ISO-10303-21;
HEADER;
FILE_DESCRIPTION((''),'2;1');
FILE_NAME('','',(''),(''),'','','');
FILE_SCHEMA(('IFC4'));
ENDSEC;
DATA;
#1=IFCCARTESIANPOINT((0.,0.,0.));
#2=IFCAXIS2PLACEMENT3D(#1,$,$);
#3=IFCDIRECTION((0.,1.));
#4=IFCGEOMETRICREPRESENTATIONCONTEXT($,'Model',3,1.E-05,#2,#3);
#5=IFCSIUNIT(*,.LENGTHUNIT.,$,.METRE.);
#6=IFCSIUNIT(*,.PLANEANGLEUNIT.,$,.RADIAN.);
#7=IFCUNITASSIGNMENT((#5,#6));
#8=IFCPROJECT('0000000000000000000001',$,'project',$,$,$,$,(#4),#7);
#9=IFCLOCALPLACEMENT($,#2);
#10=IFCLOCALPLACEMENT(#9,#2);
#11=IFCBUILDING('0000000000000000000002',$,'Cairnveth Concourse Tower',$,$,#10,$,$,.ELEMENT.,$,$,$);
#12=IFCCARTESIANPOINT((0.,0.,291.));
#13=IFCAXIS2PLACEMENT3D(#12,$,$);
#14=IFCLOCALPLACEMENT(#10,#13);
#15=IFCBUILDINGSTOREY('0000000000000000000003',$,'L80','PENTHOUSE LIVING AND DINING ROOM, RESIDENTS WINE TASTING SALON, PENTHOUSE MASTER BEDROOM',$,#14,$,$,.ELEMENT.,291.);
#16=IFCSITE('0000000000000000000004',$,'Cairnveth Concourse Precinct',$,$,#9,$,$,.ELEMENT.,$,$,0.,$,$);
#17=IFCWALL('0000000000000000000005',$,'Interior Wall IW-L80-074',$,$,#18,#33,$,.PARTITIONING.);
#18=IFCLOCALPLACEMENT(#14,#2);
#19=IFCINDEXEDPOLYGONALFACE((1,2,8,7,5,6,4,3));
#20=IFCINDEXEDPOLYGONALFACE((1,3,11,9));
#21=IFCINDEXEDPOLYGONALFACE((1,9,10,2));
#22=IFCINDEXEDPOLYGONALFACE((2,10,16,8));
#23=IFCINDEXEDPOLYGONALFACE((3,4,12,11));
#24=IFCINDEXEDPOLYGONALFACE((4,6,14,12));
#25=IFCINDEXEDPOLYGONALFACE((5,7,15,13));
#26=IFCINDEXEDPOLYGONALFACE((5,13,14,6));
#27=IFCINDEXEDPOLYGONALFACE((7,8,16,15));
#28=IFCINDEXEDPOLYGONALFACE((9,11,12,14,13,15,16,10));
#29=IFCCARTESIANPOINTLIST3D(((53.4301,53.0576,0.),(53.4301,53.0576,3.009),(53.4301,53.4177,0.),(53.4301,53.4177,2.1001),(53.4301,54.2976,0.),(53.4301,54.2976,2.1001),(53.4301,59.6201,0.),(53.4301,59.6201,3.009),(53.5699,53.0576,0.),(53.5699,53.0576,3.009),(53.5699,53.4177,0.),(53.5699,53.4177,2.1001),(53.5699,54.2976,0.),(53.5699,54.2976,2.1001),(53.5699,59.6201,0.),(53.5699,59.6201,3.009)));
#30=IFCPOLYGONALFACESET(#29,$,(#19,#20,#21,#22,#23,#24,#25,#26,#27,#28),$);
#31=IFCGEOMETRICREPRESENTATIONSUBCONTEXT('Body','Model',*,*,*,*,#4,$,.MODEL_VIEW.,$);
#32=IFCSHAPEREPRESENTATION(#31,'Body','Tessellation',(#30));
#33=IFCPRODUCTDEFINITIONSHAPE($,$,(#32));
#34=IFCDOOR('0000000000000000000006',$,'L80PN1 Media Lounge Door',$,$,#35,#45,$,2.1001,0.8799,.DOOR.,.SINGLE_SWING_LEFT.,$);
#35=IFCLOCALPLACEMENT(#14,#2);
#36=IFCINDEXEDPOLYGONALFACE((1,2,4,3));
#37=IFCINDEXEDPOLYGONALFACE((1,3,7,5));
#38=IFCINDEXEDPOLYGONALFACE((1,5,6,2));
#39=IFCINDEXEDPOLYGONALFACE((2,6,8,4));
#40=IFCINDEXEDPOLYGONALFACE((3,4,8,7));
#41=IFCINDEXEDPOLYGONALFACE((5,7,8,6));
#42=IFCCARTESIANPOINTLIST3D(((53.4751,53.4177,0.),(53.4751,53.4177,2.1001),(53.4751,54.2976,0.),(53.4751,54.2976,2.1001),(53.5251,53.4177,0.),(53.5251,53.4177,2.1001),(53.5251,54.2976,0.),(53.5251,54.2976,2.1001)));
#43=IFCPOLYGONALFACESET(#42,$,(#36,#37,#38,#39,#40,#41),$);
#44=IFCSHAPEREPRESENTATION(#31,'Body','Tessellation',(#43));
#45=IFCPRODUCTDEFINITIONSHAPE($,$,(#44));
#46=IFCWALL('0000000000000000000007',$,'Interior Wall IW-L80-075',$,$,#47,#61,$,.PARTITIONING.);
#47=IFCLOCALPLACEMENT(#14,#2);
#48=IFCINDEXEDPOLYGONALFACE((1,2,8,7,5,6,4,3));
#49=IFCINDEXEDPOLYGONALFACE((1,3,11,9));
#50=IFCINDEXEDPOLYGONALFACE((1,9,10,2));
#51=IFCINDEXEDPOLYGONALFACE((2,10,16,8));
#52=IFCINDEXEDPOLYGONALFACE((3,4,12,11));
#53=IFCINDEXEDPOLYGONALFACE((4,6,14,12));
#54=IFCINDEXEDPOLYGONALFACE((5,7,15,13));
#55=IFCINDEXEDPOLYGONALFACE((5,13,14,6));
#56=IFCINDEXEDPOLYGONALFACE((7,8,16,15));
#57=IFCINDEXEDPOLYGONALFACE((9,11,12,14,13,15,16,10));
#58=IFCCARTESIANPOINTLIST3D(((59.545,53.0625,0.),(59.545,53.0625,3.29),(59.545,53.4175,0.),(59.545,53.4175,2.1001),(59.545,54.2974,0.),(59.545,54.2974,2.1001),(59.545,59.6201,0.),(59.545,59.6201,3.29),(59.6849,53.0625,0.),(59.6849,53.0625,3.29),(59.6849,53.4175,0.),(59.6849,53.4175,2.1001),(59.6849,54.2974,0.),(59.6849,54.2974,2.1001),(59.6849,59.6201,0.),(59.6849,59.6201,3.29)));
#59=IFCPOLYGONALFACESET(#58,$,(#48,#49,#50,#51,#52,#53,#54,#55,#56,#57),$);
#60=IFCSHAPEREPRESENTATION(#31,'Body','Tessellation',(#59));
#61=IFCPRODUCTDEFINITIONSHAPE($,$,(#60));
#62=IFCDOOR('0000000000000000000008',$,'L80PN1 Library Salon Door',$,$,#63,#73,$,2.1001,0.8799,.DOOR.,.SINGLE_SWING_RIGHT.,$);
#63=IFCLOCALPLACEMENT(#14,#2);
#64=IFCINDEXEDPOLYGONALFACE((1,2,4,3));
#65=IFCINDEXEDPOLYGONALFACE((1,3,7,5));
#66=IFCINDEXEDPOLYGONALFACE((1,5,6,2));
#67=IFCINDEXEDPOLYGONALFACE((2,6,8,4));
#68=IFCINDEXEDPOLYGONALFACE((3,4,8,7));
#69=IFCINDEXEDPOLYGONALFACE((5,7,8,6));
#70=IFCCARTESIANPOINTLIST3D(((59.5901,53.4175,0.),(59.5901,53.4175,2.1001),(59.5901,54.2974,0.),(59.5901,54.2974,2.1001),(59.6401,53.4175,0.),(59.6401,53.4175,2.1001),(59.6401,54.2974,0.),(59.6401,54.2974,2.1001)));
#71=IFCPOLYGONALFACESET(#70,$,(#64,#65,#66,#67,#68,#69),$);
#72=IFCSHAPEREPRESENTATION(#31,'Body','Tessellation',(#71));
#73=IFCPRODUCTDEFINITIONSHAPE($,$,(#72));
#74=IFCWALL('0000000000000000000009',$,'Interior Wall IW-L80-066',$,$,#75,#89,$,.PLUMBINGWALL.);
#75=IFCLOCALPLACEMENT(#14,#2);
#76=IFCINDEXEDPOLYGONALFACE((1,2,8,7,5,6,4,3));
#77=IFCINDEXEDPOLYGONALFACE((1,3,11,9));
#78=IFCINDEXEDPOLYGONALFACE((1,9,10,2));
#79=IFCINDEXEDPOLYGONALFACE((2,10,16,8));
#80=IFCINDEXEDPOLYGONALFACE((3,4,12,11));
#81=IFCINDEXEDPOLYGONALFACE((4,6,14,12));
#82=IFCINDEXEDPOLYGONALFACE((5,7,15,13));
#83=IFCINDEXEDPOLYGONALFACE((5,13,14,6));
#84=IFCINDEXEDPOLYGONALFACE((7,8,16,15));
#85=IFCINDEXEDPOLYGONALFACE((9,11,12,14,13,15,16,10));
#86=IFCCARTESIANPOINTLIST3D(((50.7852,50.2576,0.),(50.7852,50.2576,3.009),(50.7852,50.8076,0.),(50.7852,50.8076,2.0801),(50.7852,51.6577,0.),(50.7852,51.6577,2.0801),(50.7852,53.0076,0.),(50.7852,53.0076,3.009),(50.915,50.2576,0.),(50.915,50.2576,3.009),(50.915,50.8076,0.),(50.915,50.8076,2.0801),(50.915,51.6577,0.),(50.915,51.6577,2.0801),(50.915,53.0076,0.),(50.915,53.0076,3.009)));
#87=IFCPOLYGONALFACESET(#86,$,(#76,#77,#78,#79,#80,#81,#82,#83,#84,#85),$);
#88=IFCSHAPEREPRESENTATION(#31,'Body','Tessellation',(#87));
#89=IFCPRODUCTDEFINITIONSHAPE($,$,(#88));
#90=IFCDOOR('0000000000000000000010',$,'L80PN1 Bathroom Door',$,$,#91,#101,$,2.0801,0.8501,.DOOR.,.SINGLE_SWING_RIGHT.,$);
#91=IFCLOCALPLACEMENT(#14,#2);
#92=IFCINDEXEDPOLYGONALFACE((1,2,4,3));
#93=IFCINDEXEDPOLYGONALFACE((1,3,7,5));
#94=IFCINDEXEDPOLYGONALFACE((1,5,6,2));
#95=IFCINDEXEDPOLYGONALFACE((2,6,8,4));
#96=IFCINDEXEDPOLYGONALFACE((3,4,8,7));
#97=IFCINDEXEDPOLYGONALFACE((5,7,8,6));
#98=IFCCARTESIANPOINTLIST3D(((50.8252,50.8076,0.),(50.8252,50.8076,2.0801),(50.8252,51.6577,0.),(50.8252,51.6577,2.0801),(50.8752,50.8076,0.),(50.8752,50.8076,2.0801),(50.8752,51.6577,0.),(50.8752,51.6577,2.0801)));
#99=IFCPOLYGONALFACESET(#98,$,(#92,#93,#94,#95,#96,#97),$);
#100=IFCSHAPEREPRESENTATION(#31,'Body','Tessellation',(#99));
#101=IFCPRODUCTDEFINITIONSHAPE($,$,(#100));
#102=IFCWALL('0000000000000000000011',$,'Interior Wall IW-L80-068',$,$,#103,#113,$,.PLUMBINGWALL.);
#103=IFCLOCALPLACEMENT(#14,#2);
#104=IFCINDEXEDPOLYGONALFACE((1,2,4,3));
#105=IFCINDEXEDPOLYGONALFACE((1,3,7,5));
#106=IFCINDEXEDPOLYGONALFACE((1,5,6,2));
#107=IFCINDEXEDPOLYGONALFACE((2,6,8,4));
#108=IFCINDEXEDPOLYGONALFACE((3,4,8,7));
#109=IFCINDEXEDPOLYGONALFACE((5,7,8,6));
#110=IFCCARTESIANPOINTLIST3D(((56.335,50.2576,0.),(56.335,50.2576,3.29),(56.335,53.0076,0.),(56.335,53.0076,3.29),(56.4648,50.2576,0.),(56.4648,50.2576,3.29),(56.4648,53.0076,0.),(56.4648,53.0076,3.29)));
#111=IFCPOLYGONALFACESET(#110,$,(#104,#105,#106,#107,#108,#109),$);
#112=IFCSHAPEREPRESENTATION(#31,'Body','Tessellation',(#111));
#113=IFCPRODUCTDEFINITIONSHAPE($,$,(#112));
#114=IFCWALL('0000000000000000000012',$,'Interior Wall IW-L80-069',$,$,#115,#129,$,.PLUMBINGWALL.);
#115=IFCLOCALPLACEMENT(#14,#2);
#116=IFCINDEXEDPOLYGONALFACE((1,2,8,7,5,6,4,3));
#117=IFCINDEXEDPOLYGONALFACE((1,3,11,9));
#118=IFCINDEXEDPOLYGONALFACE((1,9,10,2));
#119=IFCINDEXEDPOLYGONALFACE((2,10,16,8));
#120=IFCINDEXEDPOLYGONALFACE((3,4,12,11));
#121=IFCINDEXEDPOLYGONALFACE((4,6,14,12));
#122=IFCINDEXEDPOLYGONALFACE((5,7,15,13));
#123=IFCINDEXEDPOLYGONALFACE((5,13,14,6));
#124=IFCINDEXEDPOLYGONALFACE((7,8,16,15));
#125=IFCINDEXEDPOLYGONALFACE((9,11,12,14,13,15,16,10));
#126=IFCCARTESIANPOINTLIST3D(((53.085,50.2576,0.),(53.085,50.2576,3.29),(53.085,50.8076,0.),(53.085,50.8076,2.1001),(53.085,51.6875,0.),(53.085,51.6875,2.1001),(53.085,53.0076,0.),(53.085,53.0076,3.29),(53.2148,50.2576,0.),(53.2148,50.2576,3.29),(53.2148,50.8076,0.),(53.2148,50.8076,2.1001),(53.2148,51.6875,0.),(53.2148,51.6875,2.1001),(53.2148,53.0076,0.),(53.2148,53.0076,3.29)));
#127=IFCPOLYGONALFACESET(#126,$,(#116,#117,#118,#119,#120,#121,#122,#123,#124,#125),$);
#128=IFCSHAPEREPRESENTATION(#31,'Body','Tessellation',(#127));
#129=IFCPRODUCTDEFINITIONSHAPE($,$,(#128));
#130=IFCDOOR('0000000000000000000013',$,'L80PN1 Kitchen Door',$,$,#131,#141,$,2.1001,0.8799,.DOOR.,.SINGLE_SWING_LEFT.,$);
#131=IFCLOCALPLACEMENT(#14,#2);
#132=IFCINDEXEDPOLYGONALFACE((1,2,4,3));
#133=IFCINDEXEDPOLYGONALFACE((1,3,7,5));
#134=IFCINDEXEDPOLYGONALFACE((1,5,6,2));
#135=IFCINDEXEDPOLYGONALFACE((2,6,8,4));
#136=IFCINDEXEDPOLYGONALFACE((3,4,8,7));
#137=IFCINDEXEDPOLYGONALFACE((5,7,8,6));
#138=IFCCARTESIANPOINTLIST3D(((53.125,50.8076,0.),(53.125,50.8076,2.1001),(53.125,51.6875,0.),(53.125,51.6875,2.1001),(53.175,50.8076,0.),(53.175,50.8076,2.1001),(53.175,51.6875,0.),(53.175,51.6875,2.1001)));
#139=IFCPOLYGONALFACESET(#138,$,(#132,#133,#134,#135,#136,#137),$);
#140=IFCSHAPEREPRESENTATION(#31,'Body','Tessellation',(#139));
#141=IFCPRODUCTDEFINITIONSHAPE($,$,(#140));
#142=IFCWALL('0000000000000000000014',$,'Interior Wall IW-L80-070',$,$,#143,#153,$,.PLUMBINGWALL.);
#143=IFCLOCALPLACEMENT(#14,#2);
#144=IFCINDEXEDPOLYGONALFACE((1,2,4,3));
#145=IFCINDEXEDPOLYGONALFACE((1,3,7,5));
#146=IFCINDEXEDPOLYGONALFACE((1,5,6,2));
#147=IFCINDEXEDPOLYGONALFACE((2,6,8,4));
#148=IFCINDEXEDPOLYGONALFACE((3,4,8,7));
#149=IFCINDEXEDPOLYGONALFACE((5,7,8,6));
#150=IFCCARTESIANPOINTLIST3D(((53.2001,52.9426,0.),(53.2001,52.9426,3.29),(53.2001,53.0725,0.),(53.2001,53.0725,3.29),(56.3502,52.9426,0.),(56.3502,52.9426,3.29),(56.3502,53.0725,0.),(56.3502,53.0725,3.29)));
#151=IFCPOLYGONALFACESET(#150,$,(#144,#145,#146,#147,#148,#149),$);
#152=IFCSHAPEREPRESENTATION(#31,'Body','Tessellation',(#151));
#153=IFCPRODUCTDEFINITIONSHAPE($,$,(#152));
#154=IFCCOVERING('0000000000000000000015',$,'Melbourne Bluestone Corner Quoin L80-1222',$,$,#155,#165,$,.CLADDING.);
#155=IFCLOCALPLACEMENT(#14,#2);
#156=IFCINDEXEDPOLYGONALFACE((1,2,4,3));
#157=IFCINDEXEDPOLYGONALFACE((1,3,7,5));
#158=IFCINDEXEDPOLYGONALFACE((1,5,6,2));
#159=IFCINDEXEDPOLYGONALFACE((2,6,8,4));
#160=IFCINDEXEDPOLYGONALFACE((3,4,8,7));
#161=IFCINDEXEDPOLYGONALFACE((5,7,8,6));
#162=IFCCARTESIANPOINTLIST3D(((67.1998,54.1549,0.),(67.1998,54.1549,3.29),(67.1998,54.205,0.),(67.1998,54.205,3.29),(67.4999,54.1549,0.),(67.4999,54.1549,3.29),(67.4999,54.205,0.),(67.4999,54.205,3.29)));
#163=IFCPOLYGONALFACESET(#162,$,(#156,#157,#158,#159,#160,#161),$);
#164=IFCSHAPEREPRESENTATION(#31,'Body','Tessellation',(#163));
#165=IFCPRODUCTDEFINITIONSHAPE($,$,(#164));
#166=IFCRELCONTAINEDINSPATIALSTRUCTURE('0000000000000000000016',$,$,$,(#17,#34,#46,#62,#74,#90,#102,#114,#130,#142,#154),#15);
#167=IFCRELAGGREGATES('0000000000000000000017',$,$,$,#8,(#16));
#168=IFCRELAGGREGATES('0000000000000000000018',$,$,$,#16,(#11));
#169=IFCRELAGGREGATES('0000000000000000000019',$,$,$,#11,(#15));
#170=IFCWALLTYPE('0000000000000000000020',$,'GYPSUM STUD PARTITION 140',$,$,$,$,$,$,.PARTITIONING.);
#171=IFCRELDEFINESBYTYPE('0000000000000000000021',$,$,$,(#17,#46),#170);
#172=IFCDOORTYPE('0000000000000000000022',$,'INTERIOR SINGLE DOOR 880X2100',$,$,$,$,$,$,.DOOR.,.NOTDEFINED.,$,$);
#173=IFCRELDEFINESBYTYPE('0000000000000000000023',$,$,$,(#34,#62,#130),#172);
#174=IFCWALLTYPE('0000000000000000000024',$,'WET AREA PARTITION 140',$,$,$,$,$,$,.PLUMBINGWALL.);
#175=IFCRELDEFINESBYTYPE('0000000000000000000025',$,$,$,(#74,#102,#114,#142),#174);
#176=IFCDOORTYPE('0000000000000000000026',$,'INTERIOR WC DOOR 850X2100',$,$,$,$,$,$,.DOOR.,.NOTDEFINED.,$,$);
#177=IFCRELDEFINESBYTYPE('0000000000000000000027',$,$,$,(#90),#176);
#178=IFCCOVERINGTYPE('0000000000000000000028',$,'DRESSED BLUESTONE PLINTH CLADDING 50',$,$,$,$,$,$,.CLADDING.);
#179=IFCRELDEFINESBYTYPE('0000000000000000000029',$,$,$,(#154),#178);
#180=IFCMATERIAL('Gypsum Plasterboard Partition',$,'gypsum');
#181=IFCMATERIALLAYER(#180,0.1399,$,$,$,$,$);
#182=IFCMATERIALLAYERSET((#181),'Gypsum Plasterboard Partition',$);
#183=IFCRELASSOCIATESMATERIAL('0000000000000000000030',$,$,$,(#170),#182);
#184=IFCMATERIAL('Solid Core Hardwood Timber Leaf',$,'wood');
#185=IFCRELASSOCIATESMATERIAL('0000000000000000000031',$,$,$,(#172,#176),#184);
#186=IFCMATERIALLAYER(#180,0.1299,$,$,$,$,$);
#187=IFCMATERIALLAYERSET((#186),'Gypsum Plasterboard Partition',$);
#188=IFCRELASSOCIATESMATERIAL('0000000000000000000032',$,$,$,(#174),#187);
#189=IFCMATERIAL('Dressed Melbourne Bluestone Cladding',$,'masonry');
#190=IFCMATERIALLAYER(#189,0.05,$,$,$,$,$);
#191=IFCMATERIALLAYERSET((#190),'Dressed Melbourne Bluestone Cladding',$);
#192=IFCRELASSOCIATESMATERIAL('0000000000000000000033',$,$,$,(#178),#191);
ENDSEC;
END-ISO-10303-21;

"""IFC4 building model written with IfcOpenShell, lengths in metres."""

from ifc_helpers import new_model, si_unit, direction, frame, frame_2d, origin, place, context, subcontext, project, spatial, rectangle, extrude, material, layer, layer_set, type_object, element, fill, save


model = new_model("IFC4")

# Units and contexts
model_context = context("Model", 3, precision=1e-05, world=origin(), true_north=direction((0.0, 1.0)))
body_context = subcontext(model_context, "Body", "Model", "MODEL_VIEW")
ifc_project = project(units=[si_unit("LENGTHUNIT", "METRE"), si_unit("PLANEANGLEUNIT", "RADIAN")], contexts=[model_context])

# Site, building, storey
site_placement = place(None, origin())
site = spatial("IfcSite", under=ifc_project, at=site_placement, Name="Cairnveth Concourse Precinct", CompositionType="ELEMENT", RefElevation=0.0)
building_placement = place(site_placement, origin())
building = spatial("IfcBuilding", under=site, at=building_placement, Name="Cairnveth Concourse Tower", CompositionType="ELEMENT")
storey_placement = place(building_placement, frame((0.0, 0.0, 291.0)))
storey = spatial("IfcBuildingStorey", under=building, at=storey_placement, Name="L80", Description="PENTHOUSE LIVING AND DINING ROOM, RESIDENTS WINE TASTING SALON, PENTHOUSE MASTER BEDROOM", CompositionType="ELEMENT", Elevation=291.0)

# Shared definitions
ifc_material_1 = material(Name="Gypsum Plasterboard Partition", Category="gypsum")

# Walls, openings, doors
ifc_layer_1 = layer(ifc_material_1, 0.1399)
ifc_layer_set_1 = layer_set([ifc_layer_1], Name="Gypsum Plasterboard Partition")
wall_type_1 = type_object("IfcWallType", Name="GYPSUM STUD PARTITION 140", PredefinedType="PARTITIONING", material=ifc_layer_set_1)
ifc_material_2 = material(Name="Solid Core Hardwood Timber Leaf", Category="wood")
door_type_1 = type_object("IfcDoorType", Name="INTERIOR SINGLE DOOR 880X2100", OperationType="NOTDEFINED", PredefinedType="DOOR", material=ifc_material_2)
wall_1_placement = place(storey_placement, frame((53.5, 53.0576, 0.0), z_axis=(0.0, 0.0, 1.0), x_axis=(0.0, 1.0, 0.0)))
wall_1 = element("IfcWall", 1, at=wall_1_placement, inside=storey, type_object=wall_type_1, Name="Interior Wall IW-L80-074", PredefinedType="PARTITIONING", context=body_context, shape_type="SweptSolid", body=[
    extrude(rectangle(XDim=6.5625, YDim=0.1399, at=frame_2d((3.2812, 0.0))), origin(), (0.0, 0.0, 1.0), 3.009),
])
opening_1_placement = place(wall_1_placement, frame((0.3601, 0.0, 0.0)))
opening_1 = element("IfcOpeningElement", 2, at=opening_1_placement, cuts=wall_1, PredefinedType="OPENING", context=body_context, shape_type="SweptSolid", body=[
    extrude(rectangle(XDim=0.8799, YDim=2.1001, at=frame_2d((0.4399, 1.05))), frame((0.0, 0.0798, 0.0), z_axis=(0.0, -1.0, 0.0), x_axis=(1.0, 0.0, 0.0)), (0.0, 0.0, 1.0), 0.1599),
])
door_1_placement = place(opening_1_placement, origin())
door_1 = element("IfcDoor", 3, at=door_1_placement, inside=storey, type_object=door_type_1, Name="L80PN1 Media Lounge Door", OperationType="SINGLE_SWING_LEFT", OverallHeight=2.1001, OverallWidth=0.8799, PredefinedType="DOOR", context=body_context, shape_type="SweptSolid", body=[
    extrude(rectangle(XDim=0.8799, YDim=2.1001, at=frame_2d((0.4399, 1.05))), frame((0.0, 0.0249, 0.0), z_axis=(0.0, -1.0, 0.0), x_axis=(1.0, 0.0, 0.0)), (0.0, 0.0, 1.0), 0.05),
])
fill(opening_1, door_1)
wall_2_placement = place(storey_placement, frame((59.615, 53.0625, 0.0), z_axis=(0.0, 0.0, 1.0), x_axis=(0.0, 1.0, 0.0)))
wall_2 = element("IfcWall", 4, at=wall_2_placement, inside=storey, type_object=wall_type_1, Name="Interior Wall IW-L80-075", PredefinedType="PARTITIONING", context=body_context, shape_type="SweptSolid", body=[
    extrude(rectangle(XDim=6.5576, YDim=0.1399, at=frame_2d((3.2788, 0.0))), origin(), (0.0, 0.0, 1.0), 3.29),
])
opening_2_placement = place(wall_2_placement, frame((0.355, 0.0, 0.0)))
opening_2 = element("IfcOpeningElement", 5, at=opening_2_placement, cuts=wall_2, PredefinedType="OPENING", context=body_context, shape_type="SweptSolid", body=[
    extrude(rectangle(XDim=0.8799, YDim=2.1001, at=frame_2d((0.4399, 1.05))), frame((0.0, 0.0798, 0.0), z_axis=(0.0, -1.0, 0.0), x_axis=(1.0, 0.0, 0.0)), (0.0, 0.0, 1.0), 0.1599),
])
door_2_placement = place(opening_2_placement, origin())
door_2 = element("IfcDoor", 6, at=door_2_placement, inside=storey, type_object=door_type_1, Name="L80PN1 Library Salon Door", OperationType="SINGLE_SWING_RIGHT", OverallHeight=2.1001, OverallWidth=0.8799, PredefinedType="DOOR", context=body_context, shape_type="SweptSolid", body=[
    extrude(rectangle(XDim=0.8799, YDim=2.1001, at=frame_2d((0.4399, 1.05))), frame((0.0, 0.0249, 0.0), z_axis=(0.0, -1.0, 0.0), x_axis=(1.0, 0.0, 0.0)), (0.0, 0.0, 1.0), 0.05),
])
fill(opening_2, door_2)
ifc_layer_2 = layer(ifc_material_1, 0.1299)
ifc_layer_set_2 = layer_set([ifc_layer_2], Name="Gypsum Plasterboard Partition")
wall_type_2 = type_object("IfcWallType", Name="WET AREA PARTITION 140", PredefinedType="PLUMBINGWALL", material=ifc_layer_set_2)
wall_3_placement = place(storey_placement, frame((50.8501, 50.2576, 0.0), z_axis=(0.0, 0.0, 1.0), x_axis=(0.0, 1.0, 0.0)))
wall_3 = element("IfcWall", 7, at=wall_3_placement, inside=storey, type_object=wall_type_2, Name="Interior Wall IW-L80-066", PredefinedType="PLUMBINGWALL", context=body_context, shape_type="SweptSolid", body=[
    extrude(rectangle(XDim=2.75, YDim=0.1299, at=frame_2d((1.375, 0.0))), origin(), (0.0, 0.0, 1.0), 3.009),
])
opening_3_placement = place(wall_3_placement, frame((0.55, 0.0, 0.0)))
opening_3 = element("IfcOpeningElement", 8, at=opening_3_placement, cuts=wall_3, PredefinedType="OPENING", context=body_context, shape_type="SweptSolid", body=[
    extrude(rectangle(XDim=0.8501, YDim=2.0801, at=frame_2d((0.425, 1.04))), frame((0.0, 0.075, 0.0), z_axis=(0.0, -1.0, 0.0), x_axis=(1.0, 0.0, 0.0)), (0.0, 0.0, 1.0), 0.1499),
])
door_type_2 = type_object("IfcDoorType", Name="INTERIOR WC DOOR 850X2100", OperationType="NOTDEFINED", PredefinedType="DOOR", material=ifc_material_2)
door_3_placement = place(opening_3_placement, origin())
door_3 = element("IfcDoor", 9, at=door_3_placement, inside=storey, type_object=door_type_2, Name="L80PN1 Bathroom Door", OperationType="SINGLE_SWING_RIGHT", OverallHeight=2.0801, OverallWidth=0.8501, PredefinedType="DOOR", context=body_context, shape_type="SweptSolid", body=[
    extrude(rectangle(XDim=0.8501, YDim=2.0801, at=frame_2d((0.425, 1.04))), frame((0.0, 0.0249, 0.0), z_axis=(0.0, -1.0, 0.0), x_axis=(1.0, 0.0, 0.0)), (0.0, 0.0, 1.0), 0.05),
])
fill(opening_3, door_3)

# Wall
wall_4_placement = place(storey_placement, frame((56.3999, 50.2576, 0.0), z_axis=(0.0, 0.0, 1.0), x_axis=(0.0, 1.0, 0.0)))
element("IfcWall", 10, at=wall_4_placement, inside=storey, type_object=wall_type_2, Name="Interior Wall IW-L80-068", PredefinedType="PLUMBINGWALL", context=body_context, shape_type="SweptSolid", body=[
    extrude(rectangle(XDim=2.75, YDim=0.1299, at=frame_2d((1.375, 0.0))), origin(), (0.0, 0.0, 1.0), 3.29),
])

# Wall, opening, door
wall_5_placement = place(storey_placement, frame((53.1499, 50.2576, 0.0), z_axis=(0.0, 0.0, 1.0), x_axis=(0.0, 1.0, 0.0)))
wall_5 = element("IfcWall", 11, at=wall_5_placement, inside=storey, type_object=wall_type_2, Name="Interior Wall IW-L80-069", PredefinedType="PLUMBINGWALL", context=body_context, shape_type="SweptSolid", body=[
    extrude(rectangle(XDim=2.75, YDim=0.1299, at=frame_2d((1.375, 0.0))), origin(), (0.0, 0.0, 1.0), 3.29),
])
opening_4_placement = place(wall_5_placement, frame((0.55, 0.0, 0.0)))
opening_4 = element("IfcOpeningElement", 12, at=opening_4_placement, cuts=wall_5, PredefinedType="OPENING", context=body_context, shape_type="SweptSolid", body=[
    extrude(rectangle(XDim=0.8799, YDim=2.1001, at=frame_2d((0.4399, 1.05))), frame((0.0, 0.075, 0.0), z_axis=(0.0, -1.0, 0.0), x_axis=(1.0, 0.0, 0.0)), (0.0, 0.0, 1.0), 0.1499),
])
door_4_placement = place(opening_4_placement, origin())
door_4 = element("IfcDoor", 13, at=door_4_placement, inside=storey, type_object=door_type_1, Name="L80PN1 Kitchen Door", OperationType="SINGLE_SWING_LEFT", OverallHeight=2.1001, OverallWidth=0.8799, PredefinedType="DOOR", context=body_context, shape_type="SweptSolid", body=[
    extrude(rectangle(XDim=0.8799, YDim=2.1001, at=frame_2d((0.4399, 1.05))), frame((0.0, 0.0249, 0.0), z_axis=(0.0, -1.0, 0.0), x_axis=(1.0, 0.0, 0.0)), (0.0, 0.0, 1.0), 0.05),
])
fill(opening_4, door_4)

# Wall
wall_6_placement = place(storey_placement, frame((53.2, 53.0076, 0.0), z_axis=(0.0, 0.0, 1.0), x_axis=(1.0, 0.0, 0.0)))
element("IfcWall", 14, at=wall_6_placement, inside=storey, type_object=wall_type_2, Name="Interior Wall IW-L80-070", PredefinedType="PLUMBINGWALL", context=body_context, shape_type="SweptSolid", body=[
    extrude(rectangle(XDim=3.1501, YDim=0.1299, at=frame_2d((1.5752, 0.0))), origin(), (0.0, 0.0, 1.0), 3.29),
])

# Covering
ifc_material_3 = material(Name="Dressed Melbourne Bluestone Cladding", Category="masonry")
ifc_layer_3 = layer(ifc_material_3, 0.05)
ifc_layer_set_3 = layer_set([ifc_layer_3], Name="Dressed Melbourne Bluestone Cladding")
covering_type = type_object("IfcCoveringType", Name="DRESSED BLUESTONE PLINTH CLADDING 50", PredefinedType="CLADDING", material=ifc_layer_set_3)
covering_placement = place(storey_placement, frame((67.2, 54.1799, 0.0), z_axis=(0.0, 0.0, 1.0), x_axis=(1.0, 0.0, 0.0)))
element("IfcCovering", 15, at=covering_placement, inside=storey, type_object=covering_type, Name="Melbourne Bluestone Corner Quoin L80-1222", PredefinedType="CLADDING", context=body_context, shape_type="SweptSolid", body=[
    extrude(rectangle(XDim=0.3, YDim=0.05, at=frame_2d((0.1499, 0.0))), origin(), (0.0, 0.0, 1.0), 3.29),
])

save(model, "model.ifc")
